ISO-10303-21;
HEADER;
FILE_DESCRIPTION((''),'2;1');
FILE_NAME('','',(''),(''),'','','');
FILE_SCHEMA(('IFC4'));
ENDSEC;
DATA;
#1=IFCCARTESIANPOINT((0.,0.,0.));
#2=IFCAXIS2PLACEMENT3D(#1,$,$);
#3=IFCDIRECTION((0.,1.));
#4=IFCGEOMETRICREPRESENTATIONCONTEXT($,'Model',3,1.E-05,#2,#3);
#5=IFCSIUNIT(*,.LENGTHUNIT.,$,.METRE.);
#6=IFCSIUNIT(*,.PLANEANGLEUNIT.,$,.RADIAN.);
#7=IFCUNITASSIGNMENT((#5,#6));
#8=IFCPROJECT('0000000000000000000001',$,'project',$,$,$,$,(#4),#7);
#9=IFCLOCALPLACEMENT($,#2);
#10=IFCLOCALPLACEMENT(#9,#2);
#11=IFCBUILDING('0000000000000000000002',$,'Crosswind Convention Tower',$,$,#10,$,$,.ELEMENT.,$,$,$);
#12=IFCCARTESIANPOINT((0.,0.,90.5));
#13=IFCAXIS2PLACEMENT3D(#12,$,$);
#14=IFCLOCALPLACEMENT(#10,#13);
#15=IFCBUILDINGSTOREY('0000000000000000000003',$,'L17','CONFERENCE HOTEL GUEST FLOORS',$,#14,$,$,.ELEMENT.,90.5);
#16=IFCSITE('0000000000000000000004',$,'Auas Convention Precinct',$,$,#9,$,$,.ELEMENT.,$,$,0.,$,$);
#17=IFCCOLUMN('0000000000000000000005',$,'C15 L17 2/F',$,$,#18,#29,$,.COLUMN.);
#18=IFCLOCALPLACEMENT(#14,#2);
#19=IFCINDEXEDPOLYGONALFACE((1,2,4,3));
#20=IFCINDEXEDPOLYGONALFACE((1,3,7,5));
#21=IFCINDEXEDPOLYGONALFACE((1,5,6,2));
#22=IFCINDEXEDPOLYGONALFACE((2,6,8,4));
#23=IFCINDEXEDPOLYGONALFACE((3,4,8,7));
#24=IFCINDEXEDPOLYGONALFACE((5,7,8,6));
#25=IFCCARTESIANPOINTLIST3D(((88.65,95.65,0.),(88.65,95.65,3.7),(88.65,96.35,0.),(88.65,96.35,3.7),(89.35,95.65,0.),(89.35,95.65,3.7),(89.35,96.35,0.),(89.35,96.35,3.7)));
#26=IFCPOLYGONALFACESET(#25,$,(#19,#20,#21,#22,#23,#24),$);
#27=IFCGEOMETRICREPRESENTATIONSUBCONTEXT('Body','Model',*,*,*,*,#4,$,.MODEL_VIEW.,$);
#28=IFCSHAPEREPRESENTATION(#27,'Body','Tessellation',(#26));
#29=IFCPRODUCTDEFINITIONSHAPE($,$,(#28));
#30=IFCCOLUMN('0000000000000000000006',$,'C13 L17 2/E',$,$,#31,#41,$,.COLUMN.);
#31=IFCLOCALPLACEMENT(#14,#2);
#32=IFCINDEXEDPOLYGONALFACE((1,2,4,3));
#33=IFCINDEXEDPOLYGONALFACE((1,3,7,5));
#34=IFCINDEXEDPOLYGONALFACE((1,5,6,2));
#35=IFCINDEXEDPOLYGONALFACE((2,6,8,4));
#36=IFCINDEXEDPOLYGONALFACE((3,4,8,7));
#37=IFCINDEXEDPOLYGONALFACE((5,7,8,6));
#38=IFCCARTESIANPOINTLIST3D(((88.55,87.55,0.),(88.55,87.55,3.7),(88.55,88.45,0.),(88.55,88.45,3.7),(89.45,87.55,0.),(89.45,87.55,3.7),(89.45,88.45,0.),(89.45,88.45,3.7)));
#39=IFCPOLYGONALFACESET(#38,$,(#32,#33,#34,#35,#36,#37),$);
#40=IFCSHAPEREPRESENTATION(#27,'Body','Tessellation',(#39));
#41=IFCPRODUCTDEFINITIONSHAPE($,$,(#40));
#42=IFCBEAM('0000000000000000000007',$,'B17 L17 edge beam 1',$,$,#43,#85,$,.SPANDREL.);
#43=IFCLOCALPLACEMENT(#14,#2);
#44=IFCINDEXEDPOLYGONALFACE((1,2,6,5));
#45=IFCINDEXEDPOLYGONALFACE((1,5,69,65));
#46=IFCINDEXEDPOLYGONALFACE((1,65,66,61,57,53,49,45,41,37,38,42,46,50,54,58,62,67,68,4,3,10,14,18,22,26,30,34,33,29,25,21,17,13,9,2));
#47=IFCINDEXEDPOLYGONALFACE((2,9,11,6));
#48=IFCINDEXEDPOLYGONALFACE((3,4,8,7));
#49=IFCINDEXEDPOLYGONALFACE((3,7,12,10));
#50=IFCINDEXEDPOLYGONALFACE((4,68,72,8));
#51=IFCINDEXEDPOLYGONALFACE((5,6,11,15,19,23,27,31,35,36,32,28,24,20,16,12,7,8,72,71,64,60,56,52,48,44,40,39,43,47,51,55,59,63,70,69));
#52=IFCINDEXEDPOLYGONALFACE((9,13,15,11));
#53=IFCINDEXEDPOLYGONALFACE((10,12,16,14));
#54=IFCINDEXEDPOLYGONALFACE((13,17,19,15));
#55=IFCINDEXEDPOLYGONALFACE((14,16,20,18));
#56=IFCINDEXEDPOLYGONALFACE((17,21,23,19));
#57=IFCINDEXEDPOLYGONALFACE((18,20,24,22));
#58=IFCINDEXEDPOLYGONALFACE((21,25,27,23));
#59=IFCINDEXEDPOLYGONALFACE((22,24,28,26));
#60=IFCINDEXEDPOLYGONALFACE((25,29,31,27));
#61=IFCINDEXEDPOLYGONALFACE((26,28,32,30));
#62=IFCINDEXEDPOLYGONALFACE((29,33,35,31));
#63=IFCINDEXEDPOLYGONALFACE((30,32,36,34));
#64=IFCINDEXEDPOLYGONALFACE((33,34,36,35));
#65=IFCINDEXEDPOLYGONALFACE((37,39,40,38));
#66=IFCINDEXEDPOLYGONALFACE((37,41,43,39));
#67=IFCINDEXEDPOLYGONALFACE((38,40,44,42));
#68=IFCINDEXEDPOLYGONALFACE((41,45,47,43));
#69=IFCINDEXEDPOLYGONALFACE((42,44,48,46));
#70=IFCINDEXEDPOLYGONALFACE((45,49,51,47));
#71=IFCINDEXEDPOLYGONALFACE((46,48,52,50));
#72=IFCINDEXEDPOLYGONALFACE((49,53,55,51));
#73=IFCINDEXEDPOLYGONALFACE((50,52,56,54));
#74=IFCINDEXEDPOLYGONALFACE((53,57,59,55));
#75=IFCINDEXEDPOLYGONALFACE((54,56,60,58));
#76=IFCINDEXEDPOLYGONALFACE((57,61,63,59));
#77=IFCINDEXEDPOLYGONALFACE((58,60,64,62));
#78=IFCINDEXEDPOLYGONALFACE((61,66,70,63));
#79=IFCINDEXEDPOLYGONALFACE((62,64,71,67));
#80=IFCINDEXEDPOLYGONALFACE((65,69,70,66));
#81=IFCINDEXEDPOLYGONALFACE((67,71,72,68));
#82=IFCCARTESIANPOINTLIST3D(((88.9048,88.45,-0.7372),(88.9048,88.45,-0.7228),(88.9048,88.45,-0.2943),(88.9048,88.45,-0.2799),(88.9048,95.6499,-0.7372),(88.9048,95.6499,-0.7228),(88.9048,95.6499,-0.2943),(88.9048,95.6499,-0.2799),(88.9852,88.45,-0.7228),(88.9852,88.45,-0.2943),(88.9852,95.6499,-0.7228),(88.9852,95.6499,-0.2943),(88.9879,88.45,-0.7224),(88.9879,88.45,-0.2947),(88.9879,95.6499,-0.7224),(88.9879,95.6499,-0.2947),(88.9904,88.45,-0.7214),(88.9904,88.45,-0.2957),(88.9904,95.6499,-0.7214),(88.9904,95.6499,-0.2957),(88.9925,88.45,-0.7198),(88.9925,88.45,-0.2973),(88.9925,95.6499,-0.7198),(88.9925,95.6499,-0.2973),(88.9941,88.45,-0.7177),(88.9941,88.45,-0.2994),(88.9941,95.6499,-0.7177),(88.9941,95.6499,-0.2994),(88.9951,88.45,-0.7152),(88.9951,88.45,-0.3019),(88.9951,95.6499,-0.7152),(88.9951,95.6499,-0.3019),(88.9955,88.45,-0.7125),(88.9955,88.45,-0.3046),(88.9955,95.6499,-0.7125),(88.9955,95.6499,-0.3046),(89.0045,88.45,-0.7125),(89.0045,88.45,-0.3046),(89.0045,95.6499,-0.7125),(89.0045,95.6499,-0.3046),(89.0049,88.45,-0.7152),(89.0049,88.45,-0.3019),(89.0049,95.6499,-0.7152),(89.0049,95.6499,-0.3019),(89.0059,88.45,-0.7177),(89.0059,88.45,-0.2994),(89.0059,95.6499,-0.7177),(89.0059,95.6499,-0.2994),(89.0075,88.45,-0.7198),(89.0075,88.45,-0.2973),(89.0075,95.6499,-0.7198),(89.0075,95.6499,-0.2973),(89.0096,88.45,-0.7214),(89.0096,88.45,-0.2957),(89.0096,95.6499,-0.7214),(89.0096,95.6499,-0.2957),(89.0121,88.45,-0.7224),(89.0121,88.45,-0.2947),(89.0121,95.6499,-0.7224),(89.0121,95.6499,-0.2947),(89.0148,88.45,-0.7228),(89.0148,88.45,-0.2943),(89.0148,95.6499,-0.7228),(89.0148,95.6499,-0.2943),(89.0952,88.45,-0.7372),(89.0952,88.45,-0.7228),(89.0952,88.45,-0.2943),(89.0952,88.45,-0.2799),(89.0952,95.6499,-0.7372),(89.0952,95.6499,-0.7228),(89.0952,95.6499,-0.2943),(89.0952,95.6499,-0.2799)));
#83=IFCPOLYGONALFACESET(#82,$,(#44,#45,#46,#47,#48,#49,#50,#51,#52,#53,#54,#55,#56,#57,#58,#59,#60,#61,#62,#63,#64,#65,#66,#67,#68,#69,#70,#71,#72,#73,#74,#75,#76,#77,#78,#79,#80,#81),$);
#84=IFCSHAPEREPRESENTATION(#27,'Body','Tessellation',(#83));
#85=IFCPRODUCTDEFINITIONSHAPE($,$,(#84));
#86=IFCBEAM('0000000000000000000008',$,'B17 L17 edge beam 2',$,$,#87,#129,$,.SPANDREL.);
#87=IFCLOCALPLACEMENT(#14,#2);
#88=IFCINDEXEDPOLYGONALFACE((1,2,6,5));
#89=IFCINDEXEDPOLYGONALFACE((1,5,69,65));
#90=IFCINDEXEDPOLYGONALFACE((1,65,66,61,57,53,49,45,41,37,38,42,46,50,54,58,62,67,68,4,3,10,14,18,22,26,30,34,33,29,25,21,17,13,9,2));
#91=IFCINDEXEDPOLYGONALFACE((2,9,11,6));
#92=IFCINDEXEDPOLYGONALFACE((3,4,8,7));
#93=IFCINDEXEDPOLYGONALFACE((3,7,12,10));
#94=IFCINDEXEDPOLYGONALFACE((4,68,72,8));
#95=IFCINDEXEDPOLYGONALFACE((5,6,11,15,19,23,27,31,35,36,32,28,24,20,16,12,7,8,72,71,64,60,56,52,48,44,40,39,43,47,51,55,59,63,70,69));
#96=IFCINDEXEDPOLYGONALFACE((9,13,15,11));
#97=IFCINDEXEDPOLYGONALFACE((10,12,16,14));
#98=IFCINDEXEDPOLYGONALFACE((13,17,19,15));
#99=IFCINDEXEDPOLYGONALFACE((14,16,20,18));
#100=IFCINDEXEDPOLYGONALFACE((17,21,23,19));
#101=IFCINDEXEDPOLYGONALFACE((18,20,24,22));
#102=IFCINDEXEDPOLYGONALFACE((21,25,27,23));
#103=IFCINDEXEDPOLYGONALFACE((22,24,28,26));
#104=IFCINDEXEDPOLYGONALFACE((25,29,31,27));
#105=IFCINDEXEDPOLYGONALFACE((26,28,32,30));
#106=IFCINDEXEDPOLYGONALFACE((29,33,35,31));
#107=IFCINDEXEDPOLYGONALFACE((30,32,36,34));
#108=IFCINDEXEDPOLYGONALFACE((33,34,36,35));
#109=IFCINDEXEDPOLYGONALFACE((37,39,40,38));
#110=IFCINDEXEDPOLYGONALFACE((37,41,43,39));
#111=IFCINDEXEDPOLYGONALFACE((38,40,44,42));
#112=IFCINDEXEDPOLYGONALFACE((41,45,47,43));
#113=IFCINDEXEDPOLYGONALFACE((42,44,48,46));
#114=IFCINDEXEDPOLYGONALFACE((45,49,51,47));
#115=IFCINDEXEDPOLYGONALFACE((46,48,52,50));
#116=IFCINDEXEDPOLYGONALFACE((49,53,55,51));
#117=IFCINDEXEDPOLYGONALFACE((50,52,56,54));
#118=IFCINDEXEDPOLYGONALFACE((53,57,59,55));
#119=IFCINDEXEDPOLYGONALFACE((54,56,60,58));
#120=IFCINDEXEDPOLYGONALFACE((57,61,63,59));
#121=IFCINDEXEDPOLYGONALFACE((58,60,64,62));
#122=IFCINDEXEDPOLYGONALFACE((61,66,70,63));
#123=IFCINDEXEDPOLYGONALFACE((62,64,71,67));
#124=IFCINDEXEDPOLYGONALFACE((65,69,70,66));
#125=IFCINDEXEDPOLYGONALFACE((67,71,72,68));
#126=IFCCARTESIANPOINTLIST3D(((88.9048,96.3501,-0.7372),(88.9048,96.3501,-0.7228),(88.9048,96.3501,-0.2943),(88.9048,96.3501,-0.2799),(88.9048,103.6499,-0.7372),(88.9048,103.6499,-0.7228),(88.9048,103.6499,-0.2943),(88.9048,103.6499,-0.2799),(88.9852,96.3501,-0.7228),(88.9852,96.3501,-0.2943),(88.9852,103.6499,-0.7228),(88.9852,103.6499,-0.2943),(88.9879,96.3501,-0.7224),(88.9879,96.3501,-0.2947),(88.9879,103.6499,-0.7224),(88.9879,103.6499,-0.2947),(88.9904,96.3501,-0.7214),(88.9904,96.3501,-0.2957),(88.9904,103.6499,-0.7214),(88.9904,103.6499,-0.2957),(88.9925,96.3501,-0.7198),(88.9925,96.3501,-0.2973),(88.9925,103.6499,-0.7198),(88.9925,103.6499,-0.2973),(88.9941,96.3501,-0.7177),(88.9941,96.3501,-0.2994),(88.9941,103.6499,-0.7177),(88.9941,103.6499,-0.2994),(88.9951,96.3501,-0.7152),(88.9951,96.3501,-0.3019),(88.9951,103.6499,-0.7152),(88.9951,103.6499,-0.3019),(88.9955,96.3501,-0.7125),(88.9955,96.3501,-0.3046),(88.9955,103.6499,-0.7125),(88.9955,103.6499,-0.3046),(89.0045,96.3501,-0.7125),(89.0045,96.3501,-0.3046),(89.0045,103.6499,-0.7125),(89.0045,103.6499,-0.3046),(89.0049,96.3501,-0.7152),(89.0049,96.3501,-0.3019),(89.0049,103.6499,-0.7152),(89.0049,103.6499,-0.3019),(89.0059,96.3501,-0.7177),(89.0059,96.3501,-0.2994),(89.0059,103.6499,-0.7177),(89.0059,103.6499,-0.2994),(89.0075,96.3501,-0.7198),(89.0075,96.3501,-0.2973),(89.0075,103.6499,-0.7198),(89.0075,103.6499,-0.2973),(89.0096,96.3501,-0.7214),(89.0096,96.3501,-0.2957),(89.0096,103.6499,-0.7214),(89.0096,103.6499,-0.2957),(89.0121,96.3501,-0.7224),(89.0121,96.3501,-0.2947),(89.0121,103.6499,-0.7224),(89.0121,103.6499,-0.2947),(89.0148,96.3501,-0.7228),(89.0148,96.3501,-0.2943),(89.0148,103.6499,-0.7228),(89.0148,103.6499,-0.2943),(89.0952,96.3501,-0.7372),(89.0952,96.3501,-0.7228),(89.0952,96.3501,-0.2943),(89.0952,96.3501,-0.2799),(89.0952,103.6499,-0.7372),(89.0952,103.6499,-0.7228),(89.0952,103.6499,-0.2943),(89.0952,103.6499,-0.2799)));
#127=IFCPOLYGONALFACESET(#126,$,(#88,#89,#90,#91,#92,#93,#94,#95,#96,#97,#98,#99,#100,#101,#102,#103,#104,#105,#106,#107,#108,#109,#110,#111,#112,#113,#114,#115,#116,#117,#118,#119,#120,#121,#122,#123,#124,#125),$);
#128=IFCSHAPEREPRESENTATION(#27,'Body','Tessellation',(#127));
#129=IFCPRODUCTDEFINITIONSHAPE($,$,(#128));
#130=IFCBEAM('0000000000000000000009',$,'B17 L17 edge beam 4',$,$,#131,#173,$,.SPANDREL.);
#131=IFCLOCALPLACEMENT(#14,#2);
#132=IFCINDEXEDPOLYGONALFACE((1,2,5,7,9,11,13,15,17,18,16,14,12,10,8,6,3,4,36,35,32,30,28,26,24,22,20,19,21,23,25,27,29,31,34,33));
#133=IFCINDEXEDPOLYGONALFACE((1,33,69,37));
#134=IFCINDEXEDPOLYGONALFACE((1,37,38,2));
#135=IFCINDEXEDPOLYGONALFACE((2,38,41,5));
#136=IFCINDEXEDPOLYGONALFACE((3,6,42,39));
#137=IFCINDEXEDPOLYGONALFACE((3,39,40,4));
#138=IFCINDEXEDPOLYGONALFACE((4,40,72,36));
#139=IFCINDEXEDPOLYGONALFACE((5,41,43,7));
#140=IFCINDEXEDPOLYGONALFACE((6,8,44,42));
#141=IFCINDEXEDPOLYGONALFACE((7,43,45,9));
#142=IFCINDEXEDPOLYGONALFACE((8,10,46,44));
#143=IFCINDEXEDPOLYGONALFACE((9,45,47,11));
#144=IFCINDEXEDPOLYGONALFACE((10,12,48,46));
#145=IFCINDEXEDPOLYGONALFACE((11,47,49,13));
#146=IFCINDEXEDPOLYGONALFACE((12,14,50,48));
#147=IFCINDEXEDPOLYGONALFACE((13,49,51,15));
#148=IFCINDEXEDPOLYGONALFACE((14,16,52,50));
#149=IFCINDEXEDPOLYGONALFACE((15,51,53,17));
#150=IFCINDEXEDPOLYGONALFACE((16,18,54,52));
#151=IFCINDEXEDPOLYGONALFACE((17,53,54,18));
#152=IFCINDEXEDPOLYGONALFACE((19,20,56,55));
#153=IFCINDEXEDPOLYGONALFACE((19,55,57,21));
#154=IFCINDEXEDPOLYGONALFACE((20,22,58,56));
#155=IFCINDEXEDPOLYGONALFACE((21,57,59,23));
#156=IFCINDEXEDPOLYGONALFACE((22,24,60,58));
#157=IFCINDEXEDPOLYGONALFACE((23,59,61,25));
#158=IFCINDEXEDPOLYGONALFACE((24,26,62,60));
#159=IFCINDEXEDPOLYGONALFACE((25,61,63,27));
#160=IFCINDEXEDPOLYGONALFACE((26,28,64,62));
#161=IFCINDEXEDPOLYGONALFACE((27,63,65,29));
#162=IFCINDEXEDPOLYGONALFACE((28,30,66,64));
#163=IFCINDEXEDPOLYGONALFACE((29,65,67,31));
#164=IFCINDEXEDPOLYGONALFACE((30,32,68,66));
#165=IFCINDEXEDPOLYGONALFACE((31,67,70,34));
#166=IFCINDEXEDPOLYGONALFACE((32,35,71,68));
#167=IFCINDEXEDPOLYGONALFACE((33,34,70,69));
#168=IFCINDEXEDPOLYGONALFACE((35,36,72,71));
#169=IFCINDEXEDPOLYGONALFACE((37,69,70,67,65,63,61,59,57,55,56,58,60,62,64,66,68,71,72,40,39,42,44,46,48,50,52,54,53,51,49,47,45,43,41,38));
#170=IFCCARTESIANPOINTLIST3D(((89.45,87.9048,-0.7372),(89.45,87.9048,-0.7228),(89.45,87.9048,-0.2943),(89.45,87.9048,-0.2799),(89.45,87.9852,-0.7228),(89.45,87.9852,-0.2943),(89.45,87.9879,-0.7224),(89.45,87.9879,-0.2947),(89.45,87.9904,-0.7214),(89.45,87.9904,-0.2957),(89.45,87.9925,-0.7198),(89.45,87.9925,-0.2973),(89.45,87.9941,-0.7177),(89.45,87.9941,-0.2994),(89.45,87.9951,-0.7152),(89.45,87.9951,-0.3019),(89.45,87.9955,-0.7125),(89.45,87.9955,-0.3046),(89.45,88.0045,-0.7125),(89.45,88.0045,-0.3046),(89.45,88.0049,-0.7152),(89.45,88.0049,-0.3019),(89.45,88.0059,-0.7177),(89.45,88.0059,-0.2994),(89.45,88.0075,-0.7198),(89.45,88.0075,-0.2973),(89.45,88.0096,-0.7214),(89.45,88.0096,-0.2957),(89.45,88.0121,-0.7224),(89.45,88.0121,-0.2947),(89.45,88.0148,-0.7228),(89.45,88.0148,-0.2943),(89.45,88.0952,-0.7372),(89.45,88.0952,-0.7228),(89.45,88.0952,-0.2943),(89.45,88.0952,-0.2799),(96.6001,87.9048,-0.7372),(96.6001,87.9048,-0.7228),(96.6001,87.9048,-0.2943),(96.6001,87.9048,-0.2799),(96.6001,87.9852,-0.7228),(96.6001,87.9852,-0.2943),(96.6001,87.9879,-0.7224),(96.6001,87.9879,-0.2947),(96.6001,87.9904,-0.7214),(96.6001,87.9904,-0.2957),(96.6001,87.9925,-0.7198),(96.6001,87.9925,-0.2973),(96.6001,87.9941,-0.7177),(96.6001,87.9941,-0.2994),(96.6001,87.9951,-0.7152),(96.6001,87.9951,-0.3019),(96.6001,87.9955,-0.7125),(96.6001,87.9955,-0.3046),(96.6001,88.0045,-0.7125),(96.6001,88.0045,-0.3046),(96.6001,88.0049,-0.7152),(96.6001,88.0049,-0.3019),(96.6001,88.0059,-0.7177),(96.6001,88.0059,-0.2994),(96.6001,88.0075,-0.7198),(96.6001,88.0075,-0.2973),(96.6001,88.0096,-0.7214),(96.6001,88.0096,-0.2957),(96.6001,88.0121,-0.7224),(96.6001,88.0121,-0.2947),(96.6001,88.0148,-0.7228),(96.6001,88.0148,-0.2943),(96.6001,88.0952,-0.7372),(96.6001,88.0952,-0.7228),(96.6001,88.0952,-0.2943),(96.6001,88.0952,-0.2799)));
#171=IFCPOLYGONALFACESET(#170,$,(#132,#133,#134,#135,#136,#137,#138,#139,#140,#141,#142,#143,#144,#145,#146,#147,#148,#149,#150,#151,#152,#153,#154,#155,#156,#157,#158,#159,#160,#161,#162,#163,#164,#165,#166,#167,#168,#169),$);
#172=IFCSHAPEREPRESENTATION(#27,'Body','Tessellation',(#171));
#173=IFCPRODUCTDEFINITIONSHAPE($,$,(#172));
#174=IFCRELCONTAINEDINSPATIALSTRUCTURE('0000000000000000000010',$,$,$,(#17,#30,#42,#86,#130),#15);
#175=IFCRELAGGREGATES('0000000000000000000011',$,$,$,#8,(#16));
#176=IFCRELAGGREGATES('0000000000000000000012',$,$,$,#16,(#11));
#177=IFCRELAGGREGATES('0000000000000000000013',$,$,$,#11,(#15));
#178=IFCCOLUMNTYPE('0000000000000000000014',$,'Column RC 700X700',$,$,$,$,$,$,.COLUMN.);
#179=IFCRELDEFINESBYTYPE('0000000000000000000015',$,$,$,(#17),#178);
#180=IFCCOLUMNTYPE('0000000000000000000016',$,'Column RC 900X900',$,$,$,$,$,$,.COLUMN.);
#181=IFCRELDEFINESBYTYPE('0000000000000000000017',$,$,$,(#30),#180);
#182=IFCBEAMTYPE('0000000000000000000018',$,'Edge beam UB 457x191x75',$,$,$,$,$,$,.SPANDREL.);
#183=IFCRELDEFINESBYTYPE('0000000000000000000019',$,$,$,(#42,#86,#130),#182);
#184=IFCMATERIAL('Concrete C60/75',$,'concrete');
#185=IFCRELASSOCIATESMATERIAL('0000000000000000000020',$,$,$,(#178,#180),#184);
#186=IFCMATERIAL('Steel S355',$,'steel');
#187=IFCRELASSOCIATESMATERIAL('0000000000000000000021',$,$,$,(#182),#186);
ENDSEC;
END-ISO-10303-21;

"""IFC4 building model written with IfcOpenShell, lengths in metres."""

from ifc_helpers import new_model, si_unit, direction, frame, origin, origin_2d, place, context, subcontext, project, spatial, rectangle, i_section, extrude, material, material_profile, profile_set, type_object, element, save


model = new_model("IFC4")

# Units and contexts
model_context = context("Model", 3, precision=1e-05, world=origin(), true_north=direction((0.0, 1.0)))
body_context = subcontext(model_context, "Body", "Model", "MODEL_VIEW")
ifc_project = project(units=[si_unit("LENGTHUNIT", "METRE"), si_unit("PLANEANGLEUNIT", "RADIAN")], contexts=[model_context])

# Site, building, storey
site_placement = place(None, origin())
site = spatial("IfcSite", under=ifc_project, at=site_placement, Name="Auas Convention Precinct", CompositionType="ELEMENT", RefElevation=0.0)
building_placement = place(site_placement, origin())
building = spatial("IfcBuilding", under=site, at=building_placement, Name="Crosswind Convention Tower", CompositionType="ELEMENT")
storey_placement = place(building_placement, frame((0.0, 0.0, 90.5)))
storey = spatial("IfcBuildingStorey", under=building, at=storey_placement, Name="L17", Description="CONFERENCE HOTEL GUEST FLOORS", CompositionType="ELEMENT", Elevation=90.5)

# Columns
ifc_material_1 = material(Name="Concrete C60/75", Category="concrete")
ifc_material_profile_1 = material_profile(ifc_material_1, rectangle(XDim=0.7, YDim=0.7, at=origin_2d()), Name="RC 700X700")
ifc_profile_set_1 = profile_set([ifc_material_profile_1], Name="Concrete C60/75")
column_type_1 = type_object("IfcColumnType", Name="Column RC 700X700", PredefinedType="COLUMN", material=ifc_profile_set_1)
column_1_placement = place(storey_placement, frame((89.0, 96.0, 0.0), z_axis=(0.0, 0.0, 1.0), x_axis=(1.0, 0.0, 0.0)))
element("IfcColumn", 1, at=column_1_placement, inside=storey, type_object=column_type_1, Name="C15 L17 2/F", PredefinedType="COLUMN", context=body_context, shape_type="SweptSolid", body=[
    extrude(rectangle(XDim=0.7, YDim=0.7, at=origin_2d()), origin(), (0.0, 0.0, 1.0), 3.7),
])
ifc_material_profile_2 = material_profile(ifc_material_1, rectangle(XDim=0.8999, YDim=0.8999, at=origin_2d()), Name="RC 900X900")
ifc_profile_set_2 = profile_set([ifc_material_profile_2], Name="Concrete C60/75")
column_type_2 = type_object("IfcColumnType", Name="Column RC 900X900", PredefinedType="COLUMN", material=ifc_profile_set_2)
column_2_placement = place(storey_placement, frame((89.0, 88.0, 0.0), z_axis=(0.0, 0.0, 1.0), x_axis=(1.0, 0.0, 0.0)))
element("IfcColumn", 2, at=column_2_placement, inside=storey, type_object=column_type_2, Name="C13 L17 2/E", PredefinedType="COLUMN", context=body_context, shape_type="SweptSolid", body=[
    extrude(rectangle(XDim=0.8999, YDim=0.8999, at=origin_2d()), origin(), (0.0, 0.0, 1.0), 3.7),
])

# Beams
ifc_material_2 = material(Name="Steel S355", Category="steel")
ifc_material_profile_3 = material_profile(ifc_material_2, i_section(OverallWidth=0.1904, OverallDepth=0.4573, WebThickness=0.009, FlangeThickness=0.0144, FilletRadius=0.0103, at=origin_2d()), Name="UB 457x191x75")
ifc_profile_set_3 = profile_set([ifc_material_profile_3], Name="Steel S355")
beam_type_1 = type_object("IfcBeamType", Name="Edge beam UB 457x191x75", PredefinedType="SPANDREL", material=ifc_profile_set_3)
beam_1_placement = place(storey_placement, frame((89.0, 88.45, -0.5085), z_axis=(0.0, 1.0, 0.0), x_axis=(-1.0, 0.0, 0.0)))
element("IfcBeam", 3, at=beam_1_placement, inside=storey, type_object=beam_type_1, Name="B17 L17 edge beam 1", PredefinedType="SPANDREL", context=body_context, shape_type="SweptSolid", body=[
    extrude(i_section(OverallWidth=0.1904, OverallDepth=0.4573, WebThickness=0.009, FlangeThickness=0.0144, FilletRadius=0.0103, at=origin_2d()), origin(), (0.0, 0.0, 1.0), 7.2),
])
beam_2_placement = place(storey_placement, frame((89.0, 96.3501, -0.5085), z_axis=(0.0, 1.0, 0.0), x_axis=(-1.0, 0.0, 0.0)))
element("IfcBeam", 4, at=beam_2_placement, inside=storey, type_object=beam_type_1, Name="B17 L17 edge beam 2", PredefinedType="SPANDREL", context=body_context, shape_type="SweptSolid", body=[
    extrude(i_section(OverallWidth=0.1904, OverallDepth=0.4573, WebThickness=0.009, FlangeThickness=0.0144, FilletRadius=0.0103, at=origin_2d()), origin(), (0.0, 0.0, 1.0), 7.2998),
])
beam_3_placement = place(storey_placement, frame((89.45, 88.0, -0.5085), z_axis=(1.0, 0.0, 0.0), x_axis=(0.0, 1.0, 0.0)))
element("IfcBeam", 5, at=beam_3_placement, inside=storey, type_object=beam_type_1, Name="B17 L17 edge beam 4", PredefinedType="SPANDREL", context=body_context, shape_type="SweptSolid", body=[
    extrude(i_section(OverallWidth=0.1904, OverallDepth=0.4573, WebThickness=0.009, FlangeThickness=0.0144, FilletRadius=0.0103, at=origin_2d()), origin(), (0.0, 0.0, 1.0), 7.1501),
])

save(model, "model.ifc")
